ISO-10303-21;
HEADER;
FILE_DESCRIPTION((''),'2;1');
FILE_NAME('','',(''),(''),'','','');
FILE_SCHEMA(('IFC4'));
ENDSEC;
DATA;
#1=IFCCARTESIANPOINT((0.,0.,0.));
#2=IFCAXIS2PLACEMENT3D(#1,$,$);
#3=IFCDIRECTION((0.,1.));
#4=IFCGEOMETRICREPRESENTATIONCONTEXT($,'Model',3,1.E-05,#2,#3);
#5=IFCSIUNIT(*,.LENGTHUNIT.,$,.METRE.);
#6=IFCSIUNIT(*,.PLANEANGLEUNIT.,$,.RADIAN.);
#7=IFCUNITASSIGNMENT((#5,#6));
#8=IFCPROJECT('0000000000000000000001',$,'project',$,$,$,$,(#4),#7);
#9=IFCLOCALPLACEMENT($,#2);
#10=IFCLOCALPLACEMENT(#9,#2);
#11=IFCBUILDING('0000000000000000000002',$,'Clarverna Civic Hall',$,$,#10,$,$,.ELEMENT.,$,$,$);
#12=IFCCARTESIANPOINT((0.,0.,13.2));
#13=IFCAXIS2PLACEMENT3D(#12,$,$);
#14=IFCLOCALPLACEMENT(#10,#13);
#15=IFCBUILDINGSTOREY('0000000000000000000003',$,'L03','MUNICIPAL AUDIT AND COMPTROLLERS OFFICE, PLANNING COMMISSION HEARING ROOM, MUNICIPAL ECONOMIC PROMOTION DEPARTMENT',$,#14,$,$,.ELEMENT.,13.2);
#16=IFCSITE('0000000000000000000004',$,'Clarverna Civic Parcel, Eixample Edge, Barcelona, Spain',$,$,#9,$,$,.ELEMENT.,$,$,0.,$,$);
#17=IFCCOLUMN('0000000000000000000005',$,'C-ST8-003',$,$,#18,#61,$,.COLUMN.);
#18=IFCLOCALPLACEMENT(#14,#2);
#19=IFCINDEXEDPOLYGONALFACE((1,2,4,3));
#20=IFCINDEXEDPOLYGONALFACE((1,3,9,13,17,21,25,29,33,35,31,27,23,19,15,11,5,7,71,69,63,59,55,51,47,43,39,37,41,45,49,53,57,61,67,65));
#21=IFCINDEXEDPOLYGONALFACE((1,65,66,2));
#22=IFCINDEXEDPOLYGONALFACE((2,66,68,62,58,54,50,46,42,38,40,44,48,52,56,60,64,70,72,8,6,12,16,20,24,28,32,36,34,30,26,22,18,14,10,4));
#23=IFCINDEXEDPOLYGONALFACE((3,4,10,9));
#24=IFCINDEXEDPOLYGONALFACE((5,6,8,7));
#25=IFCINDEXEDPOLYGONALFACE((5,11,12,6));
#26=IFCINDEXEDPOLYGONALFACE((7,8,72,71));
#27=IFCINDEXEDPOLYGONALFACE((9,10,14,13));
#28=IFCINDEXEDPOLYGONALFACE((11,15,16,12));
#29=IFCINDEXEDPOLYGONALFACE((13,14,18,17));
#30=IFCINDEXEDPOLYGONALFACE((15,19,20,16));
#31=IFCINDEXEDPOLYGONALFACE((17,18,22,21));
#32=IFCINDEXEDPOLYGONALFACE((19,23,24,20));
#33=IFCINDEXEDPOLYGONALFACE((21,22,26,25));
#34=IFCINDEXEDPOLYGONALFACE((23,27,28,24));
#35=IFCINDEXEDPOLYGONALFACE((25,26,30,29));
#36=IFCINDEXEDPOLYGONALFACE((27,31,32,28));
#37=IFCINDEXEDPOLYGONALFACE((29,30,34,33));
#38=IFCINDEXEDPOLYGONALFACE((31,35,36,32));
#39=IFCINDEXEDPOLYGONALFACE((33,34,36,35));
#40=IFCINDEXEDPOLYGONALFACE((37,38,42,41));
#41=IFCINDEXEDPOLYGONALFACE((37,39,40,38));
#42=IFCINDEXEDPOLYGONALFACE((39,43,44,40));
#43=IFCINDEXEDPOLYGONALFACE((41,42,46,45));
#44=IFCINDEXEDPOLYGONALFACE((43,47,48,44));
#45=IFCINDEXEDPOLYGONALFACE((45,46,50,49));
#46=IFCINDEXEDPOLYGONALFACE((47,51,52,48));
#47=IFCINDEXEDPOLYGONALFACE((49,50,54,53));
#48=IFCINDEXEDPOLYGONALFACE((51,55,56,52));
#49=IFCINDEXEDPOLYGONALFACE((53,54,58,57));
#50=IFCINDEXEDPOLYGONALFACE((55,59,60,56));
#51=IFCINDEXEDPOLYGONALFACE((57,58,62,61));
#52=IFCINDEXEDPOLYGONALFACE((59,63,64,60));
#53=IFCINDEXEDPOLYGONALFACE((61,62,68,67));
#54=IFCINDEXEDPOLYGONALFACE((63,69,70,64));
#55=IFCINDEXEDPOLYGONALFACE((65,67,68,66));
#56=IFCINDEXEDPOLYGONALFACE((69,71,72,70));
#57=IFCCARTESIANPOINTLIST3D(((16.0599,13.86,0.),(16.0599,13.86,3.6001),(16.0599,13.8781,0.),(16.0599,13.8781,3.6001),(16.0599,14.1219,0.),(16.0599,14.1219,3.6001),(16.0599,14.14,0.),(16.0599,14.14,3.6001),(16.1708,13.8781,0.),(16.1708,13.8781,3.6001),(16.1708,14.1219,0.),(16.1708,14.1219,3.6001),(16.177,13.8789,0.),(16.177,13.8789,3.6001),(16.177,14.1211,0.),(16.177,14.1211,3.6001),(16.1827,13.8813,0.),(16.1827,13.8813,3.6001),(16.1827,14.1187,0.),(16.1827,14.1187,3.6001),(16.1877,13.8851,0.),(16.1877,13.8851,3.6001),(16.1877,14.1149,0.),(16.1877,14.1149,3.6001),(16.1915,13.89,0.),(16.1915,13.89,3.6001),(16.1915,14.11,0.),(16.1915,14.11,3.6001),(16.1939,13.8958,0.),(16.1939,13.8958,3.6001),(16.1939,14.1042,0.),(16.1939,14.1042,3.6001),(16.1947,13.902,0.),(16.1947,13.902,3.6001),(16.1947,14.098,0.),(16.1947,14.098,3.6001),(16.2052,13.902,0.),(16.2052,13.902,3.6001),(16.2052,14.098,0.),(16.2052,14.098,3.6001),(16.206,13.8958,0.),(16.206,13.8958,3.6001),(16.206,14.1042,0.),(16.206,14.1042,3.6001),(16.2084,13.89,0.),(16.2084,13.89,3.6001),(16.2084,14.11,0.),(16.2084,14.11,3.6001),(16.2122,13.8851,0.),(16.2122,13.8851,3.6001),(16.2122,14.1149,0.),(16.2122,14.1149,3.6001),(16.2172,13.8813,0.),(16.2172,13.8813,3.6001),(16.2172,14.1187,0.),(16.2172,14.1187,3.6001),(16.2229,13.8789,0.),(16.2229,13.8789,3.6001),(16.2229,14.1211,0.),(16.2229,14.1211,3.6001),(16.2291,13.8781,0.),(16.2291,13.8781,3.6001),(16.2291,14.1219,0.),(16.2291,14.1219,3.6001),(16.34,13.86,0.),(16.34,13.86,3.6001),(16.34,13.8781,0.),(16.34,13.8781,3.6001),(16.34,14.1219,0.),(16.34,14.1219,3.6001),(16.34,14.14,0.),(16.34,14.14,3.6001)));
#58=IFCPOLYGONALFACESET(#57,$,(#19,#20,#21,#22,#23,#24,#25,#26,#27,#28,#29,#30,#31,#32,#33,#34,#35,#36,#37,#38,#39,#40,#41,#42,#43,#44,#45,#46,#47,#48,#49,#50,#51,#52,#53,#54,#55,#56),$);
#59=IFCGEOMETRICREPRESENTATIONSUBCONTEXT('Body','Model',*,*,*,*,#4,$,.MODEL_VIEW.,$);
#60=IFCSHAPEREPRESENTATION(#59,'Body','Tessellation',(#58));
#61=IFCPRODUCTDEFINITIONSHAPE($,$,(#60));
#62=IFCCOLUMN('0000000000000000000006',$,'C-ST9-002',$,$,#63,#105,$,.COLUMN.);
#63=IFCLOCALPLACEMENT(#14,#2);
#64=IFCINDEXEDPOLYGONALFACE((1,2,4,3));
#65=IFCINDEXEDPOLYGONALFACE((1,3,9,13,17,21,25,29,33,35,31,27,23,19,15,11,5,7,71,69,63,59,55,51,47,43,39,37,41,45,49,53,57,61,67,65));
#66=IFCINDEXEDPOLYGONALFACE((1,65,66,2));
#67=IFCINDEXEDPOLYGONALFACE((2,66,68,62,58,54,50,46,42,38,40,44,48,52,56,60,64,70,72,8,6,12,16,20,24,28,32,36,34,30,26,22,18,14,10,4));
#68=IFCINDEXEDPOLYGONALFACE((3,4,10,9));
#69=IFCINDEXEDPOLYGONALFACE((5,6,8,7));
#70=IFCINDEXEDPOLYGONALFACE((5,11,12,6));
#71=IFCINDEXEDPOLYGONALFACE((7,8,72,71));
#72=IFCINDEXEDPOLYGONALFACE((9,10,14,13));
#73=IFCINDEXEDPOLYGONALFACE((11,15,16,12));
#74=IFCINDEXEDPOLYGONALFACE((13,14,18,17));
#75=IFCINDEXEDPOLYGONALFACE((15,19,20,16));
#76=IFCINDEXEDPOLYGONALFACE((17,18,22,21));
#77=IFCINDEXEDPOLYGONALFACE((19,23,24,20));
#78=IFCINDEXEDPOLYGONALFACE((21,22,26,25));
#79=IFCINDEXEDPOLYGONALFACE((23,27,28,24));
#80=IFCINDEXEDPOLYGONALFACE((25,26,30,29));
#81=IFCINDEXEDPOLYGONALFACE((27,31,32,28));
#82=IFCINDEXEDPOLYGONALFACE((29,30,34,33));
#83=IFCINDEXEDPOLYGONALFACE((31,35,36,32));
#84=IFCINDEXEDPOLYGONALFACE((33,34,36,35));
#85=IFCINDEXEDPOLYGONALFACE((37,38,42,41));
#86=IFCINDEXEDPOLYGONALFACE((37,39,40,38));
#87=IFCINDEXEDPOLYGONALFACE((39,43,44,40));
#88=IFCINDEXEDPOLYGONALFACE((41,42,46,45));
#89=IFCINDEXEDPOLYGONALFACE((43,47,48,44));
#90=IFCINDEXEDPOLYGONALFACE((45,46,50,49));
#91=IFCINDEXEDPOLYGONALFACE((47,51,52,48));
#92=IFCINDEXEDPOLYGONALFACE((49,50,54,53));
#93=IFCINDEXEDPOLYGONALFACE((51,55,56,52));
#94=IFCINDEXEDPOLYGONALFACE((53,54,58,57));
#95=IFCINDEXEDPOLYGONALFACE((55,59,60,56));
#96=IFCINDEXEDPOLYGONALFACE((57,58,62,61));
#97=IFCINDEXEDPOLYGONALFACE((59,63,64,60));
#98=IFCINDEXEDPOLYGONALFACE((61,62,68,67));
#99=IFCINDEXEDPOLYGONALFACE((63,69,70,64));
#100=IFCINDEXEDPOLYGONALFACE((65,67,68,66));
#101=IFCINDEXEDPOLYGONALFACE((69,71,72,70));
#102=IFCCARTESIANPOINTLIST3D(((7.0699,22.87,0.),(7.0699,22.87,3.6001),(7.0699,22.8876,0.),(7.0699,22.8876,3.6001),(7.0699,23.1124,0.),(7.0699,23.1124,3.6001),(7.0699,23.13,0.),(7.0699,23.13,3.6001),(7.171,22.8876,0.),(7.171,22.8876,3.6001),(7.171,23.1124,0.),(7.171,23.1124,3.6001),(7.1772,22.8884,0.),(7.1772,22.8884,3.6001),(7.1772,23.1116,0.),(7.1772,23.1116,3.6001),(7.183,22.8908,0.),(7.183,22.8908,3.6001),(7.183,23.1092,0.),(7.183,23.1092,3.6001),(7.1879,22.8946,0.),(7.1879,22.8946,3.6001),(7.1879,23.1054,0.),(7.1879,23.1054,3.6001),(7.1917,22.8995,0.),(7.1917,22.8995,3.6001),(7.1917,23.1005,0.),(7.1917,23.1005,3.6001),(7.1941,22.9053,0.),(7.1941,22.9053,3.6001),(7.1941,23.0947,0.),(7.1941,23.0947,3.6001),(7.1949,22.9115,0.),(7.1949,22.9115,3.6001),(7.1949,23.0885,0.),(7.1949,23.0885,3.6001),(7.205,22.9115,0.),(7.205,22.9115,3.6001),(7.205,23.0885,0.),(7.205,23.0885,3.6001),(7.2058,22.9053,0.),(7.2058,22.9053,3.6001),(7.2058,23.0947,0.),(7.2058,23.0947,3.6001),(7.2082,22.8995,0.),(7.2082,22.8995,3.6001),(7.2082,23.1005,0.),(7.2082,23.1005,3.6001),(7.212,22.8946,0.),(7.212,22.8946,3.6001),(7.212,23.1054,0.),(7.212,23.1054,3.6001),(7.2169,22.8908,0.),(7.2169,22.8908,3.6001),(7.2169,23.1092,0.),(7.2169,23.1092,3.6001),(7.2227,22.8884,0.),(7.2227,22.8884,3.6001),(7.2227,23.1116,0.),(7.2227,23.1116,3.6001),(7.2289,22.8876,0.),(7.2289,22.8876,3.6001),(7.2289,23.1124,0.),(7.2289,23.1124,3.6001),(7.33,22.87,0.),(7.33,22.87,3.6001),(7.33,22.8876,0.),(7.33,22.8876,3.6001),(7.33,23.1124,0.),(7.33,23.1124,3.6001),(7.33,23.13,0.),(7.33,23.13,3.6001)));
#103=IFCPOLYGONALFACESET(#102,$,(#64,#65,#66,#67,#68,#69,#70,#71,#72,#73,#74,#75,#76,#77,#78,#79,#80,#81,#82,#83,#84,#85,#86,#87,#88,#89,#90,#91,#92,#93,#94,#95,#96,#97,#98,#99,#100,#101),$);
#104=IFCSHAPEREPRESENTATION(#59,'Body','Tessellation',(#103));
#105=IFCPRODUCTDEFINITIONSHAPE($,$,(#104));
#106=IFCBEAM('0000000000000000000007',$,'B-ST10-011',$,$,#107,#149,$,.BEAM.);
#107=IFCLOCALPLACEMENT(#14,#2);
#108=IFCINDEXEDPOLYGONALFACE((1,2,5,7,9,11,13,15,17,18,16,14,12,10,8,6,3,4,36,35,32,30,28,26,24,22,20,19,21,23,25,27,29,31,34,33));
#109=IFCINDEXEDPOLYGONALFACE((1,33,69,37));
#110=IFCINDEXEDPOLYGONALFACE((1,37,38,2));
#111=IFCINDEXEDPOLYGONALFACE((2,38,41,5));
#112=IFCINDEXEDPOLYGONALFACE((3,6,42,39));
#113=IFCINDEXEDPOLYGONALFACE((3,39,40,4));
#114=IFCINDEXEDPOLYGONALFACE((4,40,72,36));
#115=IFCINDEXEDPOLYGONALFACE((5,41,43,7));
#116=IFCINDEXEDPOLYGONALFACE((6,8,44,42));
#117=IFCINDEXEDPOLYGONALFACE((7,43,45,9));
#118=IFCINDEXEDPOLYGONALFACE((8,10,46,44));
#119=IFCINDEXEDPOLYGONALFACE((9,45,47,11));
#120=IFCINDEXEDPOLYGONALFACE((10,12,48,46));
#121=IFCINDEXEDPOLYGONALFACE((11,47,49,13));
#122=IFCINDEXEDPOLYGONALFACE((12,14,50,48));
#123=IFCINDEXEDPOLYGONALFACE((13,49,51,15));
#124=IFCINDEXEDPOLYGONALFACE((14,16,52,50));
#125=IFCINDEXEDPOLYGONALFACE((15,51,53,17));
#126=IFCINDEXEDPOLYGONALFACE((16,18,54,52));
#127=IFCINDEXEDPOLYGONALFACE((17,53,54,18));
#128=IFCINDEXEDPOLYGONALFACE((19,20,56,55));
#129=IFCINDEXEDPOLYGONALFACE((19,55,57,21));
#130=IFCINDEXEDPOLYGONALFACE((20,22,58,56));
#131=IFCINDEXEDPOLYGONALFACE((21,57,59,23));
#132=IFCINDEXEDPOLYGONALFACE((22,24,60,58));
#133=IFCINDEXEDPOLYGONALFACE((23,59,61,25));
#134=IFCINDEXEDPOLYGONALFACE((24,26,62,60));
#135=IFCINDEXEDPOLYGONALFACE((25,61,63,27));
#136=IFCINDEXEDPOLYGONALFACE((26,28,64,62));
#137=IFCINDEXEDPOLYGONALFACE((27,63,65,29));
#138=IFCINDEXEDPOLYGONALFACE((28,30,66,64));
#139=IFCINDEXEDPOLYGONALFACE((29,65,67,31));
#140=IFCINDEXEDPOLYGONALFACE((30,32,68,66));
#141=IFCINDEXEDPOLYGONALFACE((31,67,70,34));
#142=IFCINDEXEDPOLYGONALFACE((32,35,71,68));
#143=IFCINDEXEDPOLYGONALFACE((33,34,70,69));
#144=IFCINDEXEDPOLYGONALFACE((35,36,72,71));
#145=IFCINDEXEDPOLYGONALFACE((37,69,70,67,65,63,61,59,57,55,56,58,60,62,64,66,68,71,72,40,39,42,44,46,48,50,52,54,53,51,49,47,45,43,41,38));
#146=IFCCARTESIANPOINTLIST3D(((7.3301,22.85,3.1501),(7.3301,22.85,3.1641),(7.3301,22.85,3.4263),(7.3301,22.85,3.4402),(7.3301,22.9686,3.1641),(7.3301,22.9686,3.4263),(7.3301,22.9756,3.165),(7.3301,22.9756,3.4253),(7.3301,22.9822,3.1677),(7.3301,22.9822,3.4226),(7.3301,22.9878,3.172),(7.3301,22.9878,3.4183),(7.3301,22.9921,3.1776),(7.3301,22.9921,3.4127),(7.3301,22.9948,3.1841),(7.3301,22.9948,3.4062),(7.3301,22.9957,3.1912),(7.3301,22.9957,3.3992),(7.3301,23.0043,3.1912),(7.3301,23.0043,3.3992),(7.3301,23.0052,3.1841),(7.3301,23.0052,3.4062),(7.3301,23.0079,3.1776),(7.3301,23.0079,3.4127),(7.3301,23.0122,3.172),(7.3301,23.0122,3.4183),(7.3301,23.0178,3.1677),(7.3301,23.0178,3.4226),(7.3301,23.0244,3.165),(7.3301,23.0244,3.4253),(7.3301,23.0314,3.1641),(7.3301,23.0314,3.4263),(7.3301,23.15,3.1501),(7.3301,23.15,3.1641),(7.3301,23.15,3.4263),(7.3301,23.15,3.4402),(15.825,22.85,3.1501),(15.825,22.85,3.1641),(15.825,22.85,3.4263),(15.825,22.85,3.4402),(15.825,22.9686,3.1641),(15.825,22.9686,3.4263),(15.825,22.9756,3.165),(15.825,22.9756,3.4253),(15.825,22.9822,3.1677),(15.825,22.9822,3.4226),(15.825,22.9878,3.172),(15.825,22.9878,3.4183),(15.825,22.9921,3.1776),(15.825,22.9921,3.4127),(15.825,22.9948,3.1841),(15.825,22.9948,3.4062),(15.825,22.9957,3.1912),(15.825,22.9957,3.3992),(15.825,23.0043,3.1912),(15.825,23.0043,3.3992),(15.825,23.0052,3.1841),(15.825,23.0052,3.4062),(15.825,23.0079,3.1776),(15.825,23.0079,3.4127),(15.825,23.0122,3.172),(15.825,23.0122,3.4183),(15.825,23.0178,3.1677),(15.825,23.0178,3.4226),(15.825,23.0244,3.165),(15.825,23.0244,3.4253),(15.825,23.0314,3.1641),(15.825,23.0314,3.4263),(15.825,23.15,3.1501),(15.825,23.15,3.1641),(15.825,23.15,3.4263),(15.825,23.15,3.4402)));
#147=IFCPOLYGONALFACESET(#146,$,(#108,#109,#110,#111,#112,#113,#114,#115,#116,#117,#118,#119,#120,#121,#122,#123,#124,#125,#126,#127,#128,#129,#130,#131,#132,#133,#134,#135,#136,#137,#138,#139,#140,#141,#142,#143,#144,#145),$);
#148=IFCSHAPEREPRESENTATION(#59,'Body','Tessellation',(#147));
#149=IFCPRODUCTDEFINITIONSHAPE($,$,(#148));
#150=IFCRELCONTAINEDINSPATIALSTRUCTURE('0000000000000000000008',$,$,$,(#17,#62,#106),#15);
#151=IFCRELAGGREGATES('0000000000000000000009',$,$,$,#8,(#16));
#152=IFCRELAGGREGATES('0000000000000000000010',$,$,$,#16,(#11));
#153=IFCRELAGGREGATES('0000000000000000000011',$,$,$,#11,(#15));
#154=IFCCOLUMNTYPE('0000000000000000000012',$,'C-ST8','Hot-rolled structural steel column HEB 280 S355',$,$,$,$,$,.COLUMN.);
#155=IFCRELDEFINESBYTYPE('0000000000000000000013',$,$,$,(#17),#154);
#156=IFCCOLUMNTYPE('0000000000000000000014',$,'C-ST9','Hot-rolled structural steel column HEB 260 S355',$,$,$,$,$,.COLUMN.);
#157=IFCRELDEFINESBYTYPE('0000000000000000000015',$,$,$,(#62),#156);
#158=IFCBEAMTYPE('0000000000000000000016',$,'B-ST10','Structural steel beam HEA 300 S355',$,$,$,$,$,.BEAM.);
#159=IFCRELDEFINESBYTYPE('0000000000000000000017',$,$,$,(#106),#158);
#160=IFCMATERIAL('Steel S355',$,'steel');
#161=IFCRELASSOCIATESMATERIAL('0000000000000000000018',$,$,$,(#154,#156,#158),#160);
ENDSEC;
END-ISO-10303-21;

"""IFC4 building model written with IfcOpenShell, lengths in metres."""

from ifc_helpers import new_model, si_unit, direction, frame, origin, origin_2d, place, context, subcontext, project, spatial, i_section, extrude, material, material_profile, profile_set, type_object, element, save


model = new_model("IFC4")

# Units and contexts
model_context = context("Model", 3, precision=1e-05, world=origin(), true_north=direction((0.0, 1.0)))
body_context = subcontext(model_context, "Body", "Model", "MODEL_VIEW")
ifc_project = project(units=[si_unit("LENGTHUNIT", "METRE"), si_unit("PLANEANGLEUNIT", "RADIAN")], contexts=[model_context])

# Site, building, storey
site_placement = place(None, origin())
site = spatial("IfcSite", under=ifc_project, at=site_placement, Name="Clarverna Civic Parcel, Eixample Edge, Barcelona, Spain", CompositionType="ELEMENT", RefElevation=0.0)
building_placement = place(site_placement, origin())
building = spatial("IfcBuilding", under=site, at=building_placement, Name="Clarverna Civic Hall", CompositionType="ELEMENT")
storey_placement = place(building_placement, frame((0.0, 0.0, 13.2)))
storey = spatial("IfcBuildingStorey", under=building, at=storey_placement, Name="L03", Description="MUNICIPAL AUDIT AND COMPTROLLERS OFFICE, PLANNING COMMISSION HEARING ROOM, MUNICIPAL ECONOMIC PROMOTION DEPARTMENT", CompositionType="ELEMENT", Elevation=13.2)

# Columns
ifc_material_1 = material(Name="Steel S355", Category="steel")
ifc_material_profile_1 = material_profile(ifc_material_1, i_section(OverallWidth=0.28, OverallDepth=0.28, WebThickness=0.0105, FlangeThickness=0.0181, FilletRadius=0.0239, at=origin_2d()), Name="HEB 280")
ifc_profile_set_1 = profile_set([ifc_material_profile_1], Name="Steel S355")
column_type_1 = type_object("IfcColumnType", Name="C-ST8", Description="Hot-rolled structural steel column HEB 280 S355", PredefinedType="COLUMN", material=ifc_profile_set_1)
column_1_placement = place(storey_placement, frame((16.2, 14.0, 0.0), z_axis=(0.0, 0.0, 1.0), x_axis=(1.0, 0.0, 0.0)))
element("IfcColumn", 1, at=column_1_placement, inside=storey, type_object=column_type_1, Name="C-ST8-003", PredefinedType="COLUMN", context=body_context, shape_type="SweptSolid", body=[
    extrude(i_section(OverallWidth=0.28, OverallDepth=0.28, WebThickness=0.0105, FlangeThickness=0.0181, FilletRadius=0.0239, at=origin_2d()), origin(), (0.0, 0.0, 1.0), 3.6001),
])
ifc_material_profile_2 = material_profile(ifc_material_1, i_section(OverallWidth=0.26, OverallDepth=0.26, WebThickness=0.01, FlangeThickness=0.0176, FilletRadius=0.0239, at=origin_2d()), Name="HEB 260")
ifc_profile_set_2 = profile_set([ifc_material_profile_2], Name="Steel S355")
column_type_2 = type_object("IfcColumnType", Name="C-ST9", Description="Hot-rolled structural steel column HEB 260 S355", PredefinedType="COLUMN", material=ifc_profile_set_2)
column_2_placement = place(storey_placement, frame((7.2, 23.0, 0.0), z_axis=(0.0, 0.0, 1.0), x_axis=(1.0, 0.0, 0.0)))
element("IfcColumn", 2, at=column_2_placement, inside=storey, type_object=column_type_2, Name="C-ST9-002", PredefinedType="COLUMN", context=body_context, shape_type="SweptSolid", body=[
    extrude(i_section(OverallWidth=0.26, OverallDepth=0.26, WebThickness=0.01, FlangeThickness=0.0176, FilletRadius=0.0239, at=origin_2d()), origin(), (0.0, 0.0, 1.0), 3.6001),
])

# Beam
ifc_material_profile_3 = material_profile(ifc_material_1, i_section(OverallWidth=0.3, OverallDepth=0.29, WebThickness=0.0085, FlangeThickness=0.0139, FilletRadius=0.0271, at=origin_2d()), Name="HEA 300")
ifc_profile_set_3 = profile_set([ifc_material_profile_3], Name="Steel S355")
beam_type_1 = type_object("IfcBeamType", Name="B-ST10", Description="Structural steel beam HEA 300 S355", PredefinedType="BEAM", material=ifc_profile_set_3)
beam_1_placement = place(storey_placement, frame((7.3301, 23.0, 3.2952), z_axis=(1.0, 0.0, 0.0), x_axis=(0.0, 1.0, 0.0)))
element("IfcBeam", 3, at=beam_1_placement, inside=storey, type_object=beam_type_1, Name="B-ST10-011", PredefinedType="BEAM", context=body_context, shape_type="SweptSolid", body=[
    extrude(i_section(OverallWidth=0.3, OverallDepth=0.29, WebThickness=0.0085, FlangeThickness=0.0139, FilletRadius=0.0271, at=origin_2d()), origin(), (0.0, 0.0, 1.0), 8.4949),
])

save(model, "model.ifc")
